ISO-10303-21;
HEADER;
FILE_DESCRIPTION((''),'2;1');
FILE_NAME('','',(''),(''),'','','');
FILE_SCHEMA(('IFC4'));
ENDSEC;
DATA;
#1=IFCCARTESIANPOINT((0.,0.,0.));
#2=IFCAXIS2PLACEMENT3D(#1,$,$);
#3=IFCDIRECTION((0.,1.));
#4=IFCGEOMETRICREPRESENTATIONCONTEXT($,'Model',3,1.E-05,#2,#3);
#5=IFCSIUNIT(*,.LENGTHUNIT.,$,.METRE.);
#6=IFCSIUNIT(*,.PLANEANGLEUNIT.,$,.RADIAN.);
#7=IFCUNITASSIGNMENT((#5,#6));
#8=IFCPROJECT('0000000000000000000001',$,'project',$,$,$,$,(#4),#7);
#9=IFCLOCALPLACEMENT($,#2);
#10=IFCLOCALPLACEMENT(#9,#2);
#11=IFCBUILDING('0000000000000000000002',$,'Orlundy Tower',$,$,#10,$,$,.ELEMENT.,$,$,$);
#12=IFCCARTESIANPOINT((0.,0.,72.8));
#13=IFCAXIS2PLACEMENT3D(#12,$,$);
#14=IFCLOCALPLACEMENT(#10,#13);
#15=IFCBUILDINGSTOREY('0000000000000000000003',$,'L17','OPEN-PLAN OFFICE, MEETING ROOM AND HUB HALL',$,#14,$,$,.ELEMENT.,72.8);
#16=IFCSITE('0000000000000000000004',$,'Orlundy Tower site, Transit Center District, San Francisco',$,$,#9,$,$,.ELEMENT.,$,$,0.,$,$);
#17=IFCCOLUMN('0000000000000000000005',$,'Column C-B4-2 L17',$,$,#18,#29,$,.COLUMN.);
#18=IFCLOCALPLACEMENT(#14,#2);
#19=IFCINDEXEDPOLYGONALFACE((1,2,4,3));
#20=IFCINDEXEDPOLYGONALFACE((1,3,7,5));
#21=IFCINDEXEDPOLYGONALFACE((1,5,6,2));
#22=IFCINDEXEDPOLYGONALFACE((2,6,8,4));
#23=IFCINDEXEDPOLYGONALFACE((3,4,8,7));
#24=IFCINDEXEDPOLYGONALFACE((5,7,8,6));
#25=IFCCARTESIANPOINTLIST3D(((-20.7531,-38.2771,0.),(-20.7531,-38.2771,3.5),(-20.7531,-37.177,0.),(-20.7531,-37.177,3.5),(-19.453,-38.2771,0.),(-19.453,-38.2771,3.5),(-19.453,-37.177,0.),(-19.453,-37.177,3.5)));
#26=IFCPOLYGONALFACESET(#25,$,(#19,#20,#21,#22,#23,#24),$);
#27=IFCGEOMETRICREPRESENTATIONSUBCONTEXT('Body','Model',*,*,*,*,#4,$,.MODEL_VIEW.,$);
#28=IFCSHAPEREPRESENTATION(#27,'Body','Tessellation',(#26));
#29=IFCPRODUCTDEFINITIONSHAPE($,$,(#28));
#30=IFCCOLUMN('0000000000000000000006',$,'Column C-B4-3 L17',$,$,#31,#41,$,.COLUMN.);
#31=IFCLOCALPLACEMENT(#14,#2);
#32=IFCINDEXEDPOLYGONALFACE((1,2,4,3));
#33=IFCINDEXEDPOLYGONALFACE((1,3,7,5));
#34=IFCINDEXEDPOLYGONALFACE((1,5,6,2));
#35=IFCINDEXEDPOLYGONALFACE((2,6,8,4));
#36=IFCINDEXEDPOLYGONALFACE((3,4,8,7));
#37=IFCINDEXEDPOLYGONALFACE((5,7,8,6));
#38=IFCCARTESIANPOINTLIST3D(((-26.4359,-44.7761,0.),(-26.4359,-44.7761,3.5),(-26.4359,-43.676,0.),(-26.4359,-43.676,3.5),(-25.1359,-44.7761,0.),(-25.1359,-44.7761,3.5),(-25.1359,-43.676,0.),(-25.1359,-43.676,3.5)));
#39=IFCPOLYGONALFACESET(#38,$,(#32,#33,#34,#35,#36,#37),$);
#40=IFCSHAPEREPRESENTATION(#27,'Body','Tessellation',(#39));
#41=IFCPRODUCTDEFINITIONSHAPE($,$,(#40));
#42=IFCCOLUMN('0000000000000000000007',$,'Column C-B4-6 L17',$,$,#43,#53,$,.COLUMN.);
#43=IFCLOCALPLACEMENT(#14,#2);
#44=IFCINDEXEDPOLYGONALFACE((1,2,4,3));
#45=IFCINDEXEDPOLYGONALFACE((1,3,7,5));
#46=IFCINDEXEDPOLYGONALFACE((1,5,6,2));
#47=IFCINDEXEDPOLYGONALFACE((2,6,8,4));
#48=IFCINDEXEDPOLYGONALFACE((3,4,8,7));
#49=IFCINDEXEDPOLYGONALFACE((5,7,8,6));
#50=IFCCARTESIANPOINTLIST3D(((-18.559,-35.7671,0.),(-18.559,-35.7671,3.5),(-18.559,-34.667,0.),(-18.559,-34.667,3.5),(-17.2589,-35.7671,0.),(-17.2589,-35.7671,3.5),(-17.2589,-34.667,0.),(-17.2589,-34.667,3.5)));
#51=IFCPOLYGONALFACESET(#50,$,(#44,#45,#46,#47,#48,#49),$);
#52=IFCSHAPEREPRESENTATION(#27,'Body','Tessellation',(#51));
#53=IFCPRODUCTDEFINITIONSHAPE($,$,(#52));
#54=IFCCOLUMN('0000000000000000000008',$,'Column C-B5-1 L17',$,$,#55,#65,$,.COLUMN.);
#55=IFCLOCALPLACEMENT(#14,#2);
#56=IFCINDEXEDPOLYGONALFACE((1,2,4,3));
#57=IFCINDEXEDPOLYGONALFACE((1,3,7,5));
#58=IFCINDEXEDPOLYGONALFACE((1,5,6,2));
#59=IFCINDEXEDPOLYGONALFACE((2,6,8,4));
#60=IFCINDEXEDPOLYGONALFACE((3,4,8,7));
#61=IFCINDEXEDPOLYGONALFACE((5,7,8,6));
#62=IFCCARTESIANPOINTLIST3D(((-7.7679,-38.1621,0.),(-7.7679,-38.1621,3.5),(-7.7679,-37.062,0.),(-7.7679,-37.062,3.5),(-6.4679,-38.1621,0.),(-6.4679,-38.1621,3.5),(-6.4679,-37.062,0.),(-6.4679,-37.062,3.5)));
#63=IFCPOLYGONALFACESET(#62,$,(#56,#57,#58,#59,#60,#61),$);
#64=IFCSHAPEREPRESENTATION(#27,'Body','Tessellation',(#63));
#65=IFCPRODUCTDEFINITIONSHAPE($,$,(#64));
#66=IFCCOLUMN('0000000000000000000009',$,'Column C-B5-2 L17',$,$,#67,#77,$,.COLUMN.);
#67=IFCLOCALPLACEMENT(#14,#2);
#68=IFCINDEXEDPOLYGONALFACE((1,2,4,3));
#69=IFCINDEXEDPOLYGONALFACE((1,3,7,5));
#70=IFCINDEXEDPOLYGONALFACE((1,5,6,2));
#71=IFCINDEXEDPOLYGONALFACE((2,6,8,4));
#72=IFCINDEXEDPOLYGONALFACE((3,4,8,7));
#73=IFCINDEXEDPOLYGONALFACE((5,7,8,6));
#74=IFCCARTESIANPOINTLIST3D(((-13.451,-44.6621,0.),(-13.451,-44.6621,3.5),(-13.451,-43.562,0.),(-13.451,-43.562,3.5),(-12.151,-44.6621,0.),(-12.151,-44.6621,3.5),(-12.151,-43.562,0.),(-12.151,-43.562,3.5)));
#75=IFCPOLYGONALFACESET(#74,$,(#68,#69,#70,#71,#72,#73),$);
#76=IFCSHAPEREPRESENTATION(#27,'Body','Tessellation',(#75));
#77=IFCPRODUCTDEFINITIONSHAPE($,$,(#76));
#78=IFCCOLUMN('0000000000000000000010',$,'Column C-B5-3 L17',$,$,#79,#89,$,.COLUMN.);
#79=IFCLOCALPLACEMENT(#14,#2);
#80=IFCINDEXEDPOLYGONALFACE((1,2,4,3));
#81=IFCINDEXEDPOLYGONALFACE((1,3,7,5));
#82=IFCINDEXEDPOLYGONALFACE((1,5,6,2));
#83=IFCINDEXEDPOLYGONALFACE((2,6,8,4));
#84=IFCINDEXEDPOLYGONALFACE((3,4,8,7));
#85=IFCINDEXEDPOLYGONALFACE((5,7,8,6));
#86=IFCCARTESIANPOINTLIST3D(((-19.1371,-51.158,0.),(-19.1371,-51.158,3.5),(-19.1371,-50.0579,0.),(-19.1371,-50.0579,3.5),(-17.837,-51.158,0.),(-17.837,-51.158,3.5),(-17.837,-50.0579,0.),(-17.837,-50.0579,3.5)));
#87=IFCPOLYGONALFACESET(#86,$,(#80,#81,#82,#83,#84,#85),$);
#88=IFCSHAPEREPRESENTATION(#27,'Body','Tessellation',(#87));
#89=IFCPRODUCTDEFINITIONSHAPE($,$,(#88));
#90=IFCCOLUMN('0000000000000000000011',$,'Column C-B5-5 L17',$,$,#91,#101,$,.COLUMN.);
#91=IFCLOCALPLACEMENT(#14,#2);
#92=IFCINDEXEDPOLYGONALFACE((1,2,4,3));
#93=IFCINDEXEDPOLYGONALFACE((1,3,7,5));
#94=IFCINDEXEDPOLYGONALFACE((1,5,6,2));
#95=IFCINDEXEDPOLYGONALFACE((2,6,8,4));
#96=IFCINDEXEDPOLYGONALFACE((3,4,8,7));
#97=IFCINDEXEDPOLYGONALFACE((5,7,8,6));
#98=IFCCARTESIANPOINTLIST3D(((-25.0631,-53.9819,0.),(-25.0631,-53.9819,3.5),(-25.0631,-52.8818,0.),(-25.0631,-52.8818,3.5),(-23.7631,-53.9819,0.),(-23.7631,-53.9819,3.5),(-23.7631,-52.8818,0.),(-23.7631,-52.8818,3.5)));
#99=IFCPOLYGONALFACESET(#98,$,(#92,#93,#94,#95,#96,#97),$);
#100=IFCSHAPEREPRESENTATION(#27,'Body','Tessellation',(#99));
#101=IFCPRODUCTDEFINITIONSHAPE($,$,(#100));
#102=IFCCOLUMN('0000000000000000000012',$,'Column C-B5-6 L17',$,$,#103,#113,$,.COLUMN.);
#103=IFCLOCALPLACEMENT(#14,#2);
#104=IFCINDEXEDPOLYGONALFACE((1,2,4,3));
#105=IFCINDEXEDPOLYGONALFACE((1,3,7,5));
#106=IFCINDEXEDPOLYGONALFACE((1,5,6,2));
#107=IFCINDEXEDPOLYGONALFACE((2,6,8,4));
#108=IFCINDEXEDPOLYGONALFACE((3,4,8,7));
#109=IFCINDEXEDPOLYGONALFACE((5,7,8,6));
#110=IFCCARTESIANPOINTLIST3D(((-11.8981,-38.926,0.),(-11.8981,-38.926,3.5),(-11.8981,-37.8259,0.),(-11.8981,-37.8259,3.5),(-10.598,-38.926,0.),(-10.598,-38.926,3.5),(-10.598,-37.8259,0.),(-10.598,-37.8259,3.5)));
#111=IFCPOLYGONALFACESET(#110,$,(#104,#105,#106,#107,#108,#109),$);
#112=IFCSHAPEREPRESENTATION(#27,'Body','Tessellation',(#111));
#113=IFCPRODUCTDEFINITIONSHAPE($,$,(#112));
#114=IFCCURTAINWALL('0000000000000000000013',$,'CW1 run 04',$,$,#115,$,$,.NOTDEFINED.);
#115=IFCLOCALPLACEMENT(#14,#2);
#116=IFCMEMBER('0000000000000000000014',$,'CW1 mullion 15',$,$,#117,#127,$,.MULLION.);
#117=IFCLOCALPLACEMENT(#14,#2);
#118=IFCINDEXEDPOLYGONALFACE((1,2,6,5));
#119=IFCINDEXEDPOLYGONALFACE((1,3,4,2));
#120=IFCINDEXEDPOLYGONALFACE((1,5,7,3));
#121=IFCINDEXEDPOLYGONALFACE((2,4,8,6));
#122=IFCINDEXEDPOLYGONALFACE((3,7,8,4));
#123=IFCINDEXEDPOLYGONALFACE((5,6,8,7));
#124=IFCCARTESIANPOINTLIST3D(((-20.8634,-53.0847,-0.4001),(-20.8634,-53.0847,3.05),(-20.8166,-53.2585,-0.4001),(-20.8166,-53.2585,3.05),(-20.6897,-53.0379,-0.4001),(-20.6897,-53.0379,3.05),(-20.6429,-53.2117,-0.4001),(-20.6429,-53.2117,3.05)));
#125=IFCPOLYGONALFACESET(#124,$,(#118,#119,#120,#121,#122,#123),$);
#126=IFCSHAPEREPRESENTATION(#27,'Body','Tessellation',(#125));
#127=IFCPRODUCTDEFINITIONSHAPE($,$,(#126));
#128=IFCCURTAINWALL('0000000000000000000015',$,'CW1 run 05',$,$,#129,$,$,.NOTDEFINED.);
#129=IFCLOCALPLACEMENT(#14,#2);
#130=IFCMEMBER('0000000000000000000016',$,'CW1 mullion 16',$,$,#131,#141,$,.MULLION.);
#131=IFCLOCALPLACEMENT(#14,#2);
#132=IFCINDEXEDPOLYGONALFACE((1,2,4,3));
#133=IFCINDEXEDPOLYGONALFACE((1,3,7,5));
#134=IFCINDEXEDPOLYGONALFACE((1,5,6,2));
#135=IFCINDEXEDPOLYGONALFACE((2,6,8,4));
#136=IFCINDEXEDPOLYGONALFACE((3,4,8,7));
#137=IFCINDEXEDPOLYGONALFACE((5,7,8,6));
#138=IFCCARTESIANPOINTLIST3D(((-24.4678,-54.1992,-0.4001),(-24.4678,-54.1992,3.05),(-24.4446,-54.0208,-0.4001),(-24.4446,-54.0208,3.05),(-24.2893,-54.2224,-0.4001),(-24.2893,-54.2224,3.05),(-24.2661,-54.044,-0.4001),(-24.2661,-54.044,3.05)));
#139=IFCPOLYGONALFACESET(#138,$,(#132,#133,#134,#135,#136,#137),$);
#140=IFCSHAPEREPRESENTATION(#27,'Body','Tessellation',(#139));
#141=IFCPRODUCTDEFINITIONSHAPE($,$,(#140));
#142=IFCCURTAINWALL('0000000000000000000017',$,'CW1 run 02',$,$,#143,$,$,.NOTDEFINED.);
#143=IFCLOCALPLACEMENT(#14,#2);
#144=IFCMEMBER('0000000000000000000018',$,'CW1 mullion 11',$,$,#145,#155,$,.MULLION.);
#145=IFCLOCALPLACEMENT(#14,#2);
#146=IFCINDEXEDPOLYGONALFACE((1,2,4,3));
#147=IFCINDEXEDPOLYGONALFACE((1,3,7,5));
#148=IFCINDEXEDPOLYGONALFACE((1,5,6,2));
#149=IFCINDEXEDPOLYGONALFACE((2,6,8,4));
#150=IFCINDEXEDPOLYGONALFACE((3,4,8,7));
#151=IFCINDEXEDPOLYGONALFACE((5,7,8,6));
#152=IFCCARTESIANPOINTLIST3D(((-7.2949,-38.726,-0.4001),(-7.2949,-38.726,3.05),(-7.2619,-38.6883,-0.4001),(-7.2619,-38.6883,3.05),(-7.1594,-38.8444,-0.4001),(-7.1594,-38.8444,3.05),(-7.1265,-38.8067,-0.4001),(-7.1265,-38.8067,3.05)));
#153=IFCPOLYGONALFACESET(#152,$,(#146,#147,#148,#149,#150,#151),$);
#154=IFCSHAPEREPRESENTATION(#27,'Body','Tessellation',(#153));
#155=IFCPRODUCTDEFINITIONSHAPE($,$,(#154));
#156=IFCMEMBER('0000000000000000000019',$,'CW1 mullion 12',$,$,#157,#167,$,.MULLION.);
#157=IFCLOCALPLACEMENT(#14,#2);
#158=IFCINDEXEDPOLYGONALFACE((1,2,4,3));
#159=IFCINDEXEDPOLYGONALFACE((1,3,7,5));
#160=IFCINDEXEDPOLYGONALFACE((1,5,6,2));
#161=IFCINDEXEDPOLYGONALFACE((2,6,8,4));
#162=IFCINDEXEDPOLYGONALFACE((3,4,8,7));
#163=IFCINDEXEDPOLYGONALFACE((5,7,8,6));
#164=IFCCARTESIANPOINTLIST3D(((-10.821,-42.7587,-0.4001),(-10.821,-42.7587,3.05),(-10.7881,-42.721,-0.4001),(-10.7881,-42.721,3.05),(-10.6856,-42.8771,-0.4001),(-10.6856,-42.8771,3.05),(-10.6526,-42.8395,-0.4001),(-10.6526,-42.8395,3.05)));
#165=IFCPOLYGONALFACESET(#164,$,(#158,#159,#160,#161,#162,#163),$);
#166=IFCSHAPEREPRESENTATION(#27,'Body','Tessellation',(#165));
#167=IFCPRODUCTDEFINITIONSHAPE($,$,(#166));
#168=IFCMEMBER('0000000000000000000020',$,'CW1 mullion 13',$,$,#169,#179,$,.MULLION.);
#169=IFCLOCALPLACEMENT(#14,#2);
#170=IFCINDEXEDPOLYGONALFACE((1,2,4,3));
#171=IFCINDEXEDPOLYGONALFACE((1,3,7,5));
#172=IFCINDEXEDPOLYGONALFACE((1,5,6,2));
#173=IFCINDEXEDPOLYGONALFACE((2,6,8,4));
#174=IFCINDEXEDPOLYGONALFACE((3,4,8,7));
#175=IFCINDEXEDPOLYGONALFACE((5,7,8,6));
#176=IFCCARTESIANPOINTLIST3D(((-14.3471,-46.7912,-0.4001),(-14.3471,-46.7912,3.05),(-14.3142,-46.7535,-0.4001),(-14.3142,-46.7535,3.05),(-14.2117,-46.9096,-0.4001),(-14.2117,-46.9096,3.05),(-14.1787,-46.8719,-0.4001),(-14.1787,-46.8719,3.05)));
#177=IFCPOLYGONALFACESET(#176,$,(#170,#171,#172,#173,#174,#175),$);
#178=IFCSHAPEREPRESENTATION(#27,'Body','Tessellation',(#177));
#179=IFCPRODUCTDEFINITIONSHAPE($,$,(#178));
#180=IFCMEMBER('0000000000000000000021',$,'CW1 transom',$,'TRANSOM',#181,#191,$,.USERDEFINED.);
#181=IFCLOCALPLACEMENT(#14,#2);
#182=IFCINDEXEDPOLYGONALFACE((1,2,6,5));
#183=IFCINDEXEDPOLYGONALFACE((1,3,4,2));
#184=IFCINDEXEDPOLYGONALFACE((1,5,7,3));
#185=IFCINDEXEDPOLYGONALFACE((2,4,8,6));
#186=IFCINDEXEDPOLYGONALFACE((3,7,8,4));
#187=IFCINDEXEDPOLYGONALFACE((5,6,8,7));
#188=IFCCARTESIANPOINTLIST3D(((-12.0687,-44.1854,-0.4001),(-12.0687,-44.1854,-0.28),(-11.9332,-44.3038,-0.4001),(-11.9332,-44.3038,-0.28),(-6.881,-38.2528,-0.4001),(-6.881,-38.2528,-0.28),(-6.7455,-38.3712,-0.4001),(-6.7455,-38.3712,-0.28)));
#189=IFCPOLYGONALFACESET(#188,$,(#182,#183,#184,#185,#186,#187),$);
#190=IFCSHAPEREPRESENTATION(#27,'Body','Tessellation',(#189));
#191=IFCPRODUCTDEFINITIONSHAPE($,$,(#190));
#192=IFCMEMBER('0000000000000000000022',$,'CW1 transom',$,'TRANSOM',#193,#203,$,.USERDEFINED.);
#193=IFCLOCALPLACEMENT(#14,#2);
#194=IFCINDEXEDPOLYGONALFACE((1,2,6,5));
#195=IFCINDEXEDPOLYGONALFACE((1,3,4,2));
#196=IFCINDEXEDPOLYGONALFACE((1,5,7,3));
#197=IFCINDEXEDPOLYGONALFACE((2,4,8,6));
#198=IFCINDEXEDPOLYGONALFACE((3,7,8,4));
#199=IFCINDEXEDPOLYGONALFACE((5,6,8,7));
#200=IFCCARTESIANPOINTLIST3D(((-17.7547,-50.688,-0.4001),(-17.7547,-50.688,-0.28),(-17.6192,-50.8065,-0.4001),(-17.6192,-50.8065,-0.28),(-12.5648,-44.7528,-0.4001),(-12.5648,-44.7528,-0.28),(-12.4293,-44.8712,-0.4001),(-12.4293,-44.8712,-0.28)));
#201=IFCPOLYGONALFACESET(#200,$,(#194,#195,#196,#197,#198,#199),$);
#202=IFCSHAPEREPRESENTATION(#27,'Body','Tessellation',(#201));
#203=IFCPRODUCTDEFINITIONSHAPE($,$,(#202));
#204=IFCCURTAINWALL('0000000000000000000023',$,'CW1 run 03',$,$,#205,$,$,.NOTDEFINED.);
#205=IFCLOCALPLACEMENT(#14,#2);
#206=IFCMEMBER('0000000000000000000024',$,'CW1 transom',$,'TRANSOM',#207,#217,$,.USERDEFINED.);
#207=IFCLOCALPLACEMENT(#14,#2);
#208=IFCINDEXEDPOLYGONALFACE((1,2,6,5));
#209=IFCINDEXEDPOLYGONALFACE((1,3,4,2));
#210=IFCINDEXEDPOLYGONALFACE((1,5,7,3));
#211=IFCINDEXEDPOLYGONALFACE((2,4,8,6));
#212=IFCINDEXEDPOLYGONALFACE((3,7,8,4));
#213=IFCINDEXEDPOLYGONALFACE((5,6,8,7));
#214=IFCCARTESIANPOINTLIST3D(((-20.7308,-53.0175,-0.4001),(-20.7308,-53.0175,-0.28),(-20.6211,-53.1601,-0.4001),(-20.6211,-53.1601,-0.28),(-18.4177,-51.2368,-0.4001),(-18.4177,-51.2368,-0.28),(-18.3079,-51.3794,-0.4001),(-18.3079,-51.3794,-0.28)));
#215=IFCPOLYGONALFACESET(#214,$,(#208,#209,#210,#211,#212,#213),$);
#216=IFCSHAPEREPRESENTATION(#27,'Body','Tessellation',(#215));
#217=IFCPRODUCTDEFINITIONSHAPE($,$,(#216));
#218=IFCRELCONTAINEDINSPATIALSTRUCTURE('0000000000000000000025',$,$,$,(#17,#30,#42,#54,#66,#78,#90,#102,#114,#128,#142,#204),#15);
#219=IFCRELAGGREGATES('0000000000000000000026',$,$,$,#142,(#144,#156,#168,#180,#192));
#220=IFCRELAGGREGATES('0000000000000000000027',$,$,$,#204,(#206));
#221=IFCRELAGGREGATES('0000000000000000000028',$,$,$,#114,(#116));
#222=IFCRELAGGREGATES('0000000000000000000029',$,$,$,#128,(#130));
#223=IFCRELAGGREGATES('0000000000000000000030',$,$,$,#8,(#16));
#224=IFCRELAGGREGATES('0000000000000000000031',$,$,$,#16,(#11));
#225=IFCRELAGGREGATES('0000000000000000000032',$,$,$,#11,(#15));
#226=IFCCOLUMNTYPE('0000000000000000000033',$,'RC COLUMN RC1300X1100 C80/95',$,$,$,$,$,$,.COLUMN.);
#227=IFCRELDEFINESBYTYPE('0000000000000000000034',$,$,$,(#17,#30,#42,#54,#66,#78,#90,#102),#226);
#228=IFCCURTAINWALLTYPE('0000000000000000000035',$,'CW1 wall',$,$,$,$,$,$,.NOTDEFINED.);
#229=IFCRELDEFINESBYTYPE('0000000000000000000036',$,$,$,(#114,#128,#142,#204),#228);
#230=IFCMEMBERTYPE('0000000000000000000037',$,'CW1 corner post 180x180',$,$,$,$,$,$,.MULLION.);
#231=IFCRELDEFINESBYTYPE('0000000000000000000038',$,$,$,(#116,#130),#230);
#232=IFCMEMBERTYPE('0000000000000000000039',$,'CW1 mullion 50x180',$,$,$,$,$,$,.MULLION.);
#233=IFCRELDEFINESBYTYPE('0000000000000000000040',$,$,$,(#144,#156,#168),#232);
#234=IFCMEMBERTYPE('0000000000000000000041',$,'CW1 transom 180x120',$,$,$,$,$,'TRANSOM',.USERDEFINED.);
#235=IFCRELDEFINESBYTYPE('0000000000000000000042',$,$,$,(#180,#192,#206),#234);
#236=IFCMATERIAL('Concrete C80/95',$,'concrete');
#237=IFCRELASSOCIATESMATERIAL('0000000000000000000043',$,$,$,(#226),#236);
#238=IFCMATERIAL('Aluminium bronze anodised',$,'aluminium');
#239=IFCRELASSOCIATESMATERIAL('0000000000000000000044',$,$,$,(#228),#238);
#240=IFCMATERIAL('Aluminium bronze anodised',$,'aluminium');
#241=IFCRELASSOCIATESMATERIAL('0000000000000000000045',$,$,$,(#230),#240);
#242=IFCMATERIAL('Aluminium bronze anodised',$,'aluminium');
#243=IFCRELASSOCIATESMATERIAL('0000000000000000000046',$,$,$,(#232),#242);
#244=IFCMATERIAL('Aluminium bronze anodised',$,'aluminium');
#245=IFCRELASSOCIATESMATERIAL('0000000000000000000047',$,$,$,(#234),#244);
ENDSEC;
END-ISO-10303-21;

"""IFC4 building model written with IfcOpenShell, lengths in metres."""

from ifc_helpers import new_model, si_unit, direction, frame, origin, origin_2d, place, context, subcontext, project, spatial, rectangle, extrude, material, material_profile, profile_set, type_object, element, aggregate, save


model = new_model("IFC4")

# Units and contexts
model_context = context("Model", 3, precision=1e-05, world=origin(), true_north=direction((0.0, 1.0)))
body_context = subcontext(model_context, "Body", "Model", "MODEL_VIEW")
ifc_project = project(units=[si_unit("LENGTHUNIT", "METRE"), si_unit("PLANEANGLEUNIT", "RADIAN")], contexts=[model_context])

# Site, building, storey
site_placement = place(None, origin())
site = spatial("IfcSite", under=ifc_project, at=site_placement, Name="Orlundy Tower site, Transit Center District, San Francisco", CompositionType="ELEMENT", RefElevation=0.0)
building_placement = place(site_placement, origin())
building = spatial("IfcBuilding", under=site, at=building_placement, Name="Orlundy Tower", CompositionType="ELEMENT")
storey_placement = place(building_placement, frame((0.0, 0.0, 72.8)))
storey = spatial("IfcBuildingStorey", under=building, at=storey_placement, Name="L17", Description="OPEN-PLAN OFFICE, MEETING ROOM AND HUB HALL", CompositionType="ELEMENT", Elevation=72.8)

# Columns
ifc_material_1 = material(Name="Concrete C80/95", Category="concrete")
ifc_material_profile_1 = material_profile(ifc_material_1, rectangle(XDim=1.3, YDim=1.1001, at=origin_2d()), Name="RC1300X1100")
ifc_profile_set_1 = profile_set([ifc_material_profile_1], Name="Concrete C80/95")
column_type = type_object("IfcColumnType", Name="RC COLUMN RC1300X1100 C80/95", PredefinedType="COLUMN", material=ifc_profile_set_1)
for number, where, z_axis, x_axis, name in (
    (1, (-20.103, -37.7271, 0.0), (0.0, 0.0, 1.0), (1.0, 0.0, 0.0), "Column C-B4-2 L17"),
    (2, (-25.7859, -44.2261, 0.0), (0.0, 0.0, 1.0), (1.0, 0.0, 0.0), "Column C-B4-3 L17"),
    (3, (-17.9089, -35.217, 0.0), (0.0, 0.0, 1.0), (1.0, 0.0, 0.0), "Column C-B4-6 L17"),
    (4, (-7.1179, -37.6121, 0.0), (0.0, 0.0, 1.0), (1.0, 0.0, 0.0), "Column C-B5-1 L17"),
    (5, (-12.801, -44.1121, 0.0), (0.0, 0.0, 1.0), (1.0, 0.0, 0.0), "Column C-B5-2 L17"),
    (6, (-18.4871, -50.6079, 0.0), (0.0, 0.0, 1.0), (1.0, 0.0, 0.0), "Column C-B5-3 L17"),
    (7, (-24.4131, -53.4319, 0.0), (0.0, 0.0, 1.0), (1.0, 0.0, 0.0), "Column C-B5-5 L17"),
    (8, (-11.248, -38.376, 0.0), (0.0, 0.0, 1.0), (1.0, 0.0, 0.0), "Column C-B5-6 L17"),
):
    element("IfcColumn", number, at=place(storey_placement, frame(where, z_axis=z_axis, x_axis=x_axis)), inside=storey, type_object=column_type, Name=name, PredefinedType="COLUMN", context=body_context, shape_type="SweptSolid", body=[
        extrude(rectangle(XDim=1.3, YDim=1.1001, at=origin_2d()), origin(), (0.0, 0.0, 1.0), 3.5),
    ])

# Curtain walls, members
ifc_material_2 = material(Name="Aluminium bronze anodised", Category="aluminium")
curtain_wall_type = type_object("IfcCurtainWallType", Name="CW1 wall", PredefinedType="NOTDEFINED", material=ifc_material_2)
curtain_wall_1_placement = place(storey_placement, origin())
curtain_wall_1 = element("IfcCurtainWall", 9, at=curtain_wall_1_placement, inside=storey, type_object=curtain_wall_type, Name="CW1 run 04", PredefinedType="NOTDEFINED")
ifc_material_3 = material(Name="Aluminium bronze anodised", Category="aluminium")
ifc_material_profile_2 = material_profile(ifc_material_3, rectangle(XDim=0.1799, YDim=0.1799, at=origin_2d()), Name="CW1 corner post 180x180")
ifc_profile_set_2 = profile_set([ifc_material_profile_2], Name="Aluminium bronze anodised")
member_type_1 = type_object("IfcMemberType", Name="CW1 corner post 180x180", PredefinedType="MULLION", material=ifc_profile_set_2)
member_1_placement = place(storey_placement, frame((-20.7532, -53.1482, -0.4001), z_axis=(0.0, 0.0, 1.0), x_axis=(0.26008, -0.965587, 0.0)))
member_1 = element("IfcMember", 10, at=member_1_placement, type_object=member_type_1, Name="CW1 mullion 15", PredefinedType="MULLION", context=body_context, shape_type="SweptSolid", body=[
    extrude(rectangle(XDim=0.1799, YDim=0.1799, at=origin_2d()), origin(), (0.0, 0.0, 1.0), 3.4502),
])
curtain_wall_2_placement = place(storey_placement, origin())
curtain_wall_2 = element("IfcCurtainWall", 11, at=curtain_wall_2_placement, inside=storey, type_object=curtain_wall_type, Name="CW1 run 05", PredefinedType="NOTDEFINED")
member_2_placement = place(storey_placement, frame((-24.3669, -54.1216, -0.4001), z_axis=(0.0, 0.0, 1.0), x_axis=(-0.128947, -0.991651, 0.0)))
member_2 = element("IfcMember", 12, at=member_2_placement, type_object=member_type_1, Name="CW1 mullion 16", PredefinedType="MULLION", context=body_context, shape_type="SweptSolid", body=[
    extrude(rectangle(XDim=0.1799, YDim=0.1799, at=origin_2d()), origin(), (0.0, 0.0, 1.0), 3.4502),
])

# Curtain wall, members
curtain_wall_3_placement = place(storey_placement, origin())
curtain_wall_3 = element("IfcCurtainWall", 13, at=curtain_wall_3_placement, inside=storey, type_object=curtain_wall_type, Name="CW1 run 02", PredefinedType="NOTDEFINED")
ifc_material_4 = material(Name="Aluminium bronze anodised", Category="aluminium")
ifc_material_profile_3 = material_profile(ifc_material_4, rectangle(XDim=0.1799, YDim=0.05, at=origin_2d()), Name="CW1 mullion 50x180")
ifc_profile_set_3 = profile_set([ifc_material_profile_3], Name="Aluminium bronze anodised")
member_type_2 = type_object("IfcMemberType", Name="CW1 mullion 50x180", PredefinedType="MULLION", material=ifc_profile_set_3)
member_3_placement = place(storey_placement, frame((-7.2107, -38.7664, -0.4001), z_axis=(0.0, 0.0, 1.0), x_axis=(0.752792, -0.658259, 0.0)))
member_3 = element("IfcMember", 14, at=member_3_placement, type_object=member_type_2, Name="CW1 mullion 11", PredefinedType="MULLION", context=body_context, shape_type="SweptSolid", body=[
    extrude(rectangle(XDim=0.1799, YDim=0.05, at=origin_2d()), origin(), (0.0, 0.0, 1.0), 3.4502),
])
member_4_placement = place(storey_placement, frame((-10.7368, -42.7991, -0.4001), z_axis=(0.0, 0.0, 1.0), x_axis=(0.752792, -0.658259, 0.0)))
member_4 = element("IfcMember", 15, at=member_4_placement, type_object=member_type_2, Name="CW1 mullion 12", PredefinedType="MULLION", context=body_context, shape_type="SweptSolid", body=[
    extrude(rectangle(XDim=0.1799, YDim=0.05, at=origin_2d()), origin(), (0.0, 0.0, 1.0), 3.4502),
])
member_5_placement = place(storey_placement, frame((-14.2629, -46.8315, -0.4001), z_axis=(0.0, 0.0, 1.0), x_axis=(0.752792, -0.658259, 0.0)))
member_5 = element("IfcMember", 16, at=member_5_placement, type_object=member_type_2, Name="CW1 mullion 13", PredefinedType="MULLION", context=body_context, shape_type="SweptSolid", body=[
    extrude(rectangle(XDim=0.1799, YDim=0.05, at=origin_2d()), origin(), (0.0, 0.0, 1.0), 3.4502),
])
ifc_material_5 = material(Name="Aluminium bronze anodised", Category="aluminium")
ifc_material_profile_4 = material_profile(ifc_material_5, rectangle(XDim=0.1799, YDim=0.1201, at=origin_2d()), Name="CW1 transom 180x120")
ifc_profile_set_4 = profile_set([ifc_material_profile_4], Name="Aluminium bronze anodised")
member_type_3 = type_object("IfcMemberType", Name="CW1 transom 180x120", ElementType="TRANSOM", PredefinedType="USERDEFINED", material=ifc_profile_set_4)
member_6_placement = place(storey_placement, frame((-6.8132, -38.312, -0.3401), z_axis=(-0.658268, -0.752784, 0.0), x_axis=(0.752784, -0.658268, 0.0)))
member_6 = element("IfcMember", 17, at=member_6_placement, type_object=member_type_3, Name="CW1 transom", ObjectType="TRANSOM", PredefinedType="USERDEFINED", context=body_context, shape_type="SweptSolid", body=[
    extrude(rectangle(XDim=0.1799, YDim=0.1201, at=origin_2d()), origin(), (0.0, 0.0, 1.0), 7.8809),
])
member_7_placement = place(storey_placement, frame((-12.4971, -44.812, -0.3401), z_axis=(-0.658257, -0.752793, 0.0), x_axis=(0.752793, -0.658257, 0.0)))
member_7 = element("IfcMember", 18, at=member_7_placement, type_object=member_type_3, Name="CW1 transom", ObjectType="TRANSOM", PredefinedType="USERDEFINED", context=body_context, shape_type="SweptSolid", body=[
    extrude(rectangle(XDim=0.1799, YDim=0.1201, at=origin_2d()), origin(), (0.0, 0.0, 1.0), 7.8843),
])

# Curtain wall, member
curtain_wall_4_placement = place(storey_placement, origin())
curtain_wall_4 = element("IfcCurtainWall", 19, at=curtain_wall_4_placement, inside=storey, type_object=curtain_wall_type, Name="CW1 run 03", PredefinedType="NOTDEFINED")
member_8_placement = place(storey_placement, frame((-18.3628, -51.3081, -0.3401), z_axis=(-0.7924, -0.610002, 0.0), x_axis=(0.610002, -0.7924, 0.0)))
member_8 = element("IfcMember", 20, at=member_8_placement, type_object=member_type_3, Name="CW1 transom", ObjectType="TRANSOM", PredefinedType="USERDEFINED", context=body_context, shape_type="SweptSolid", body=[
    extrude(rectangle(XDim=0.1799, YDim=0.1201, at=origin_2d()), origin(), (0.0, 0.0, 1.0), 2.9192),
])

aggregate(curtain_wall_3, [member_3, member_4, member_5, member_6, member_7])
aggregate(curtain_wall_4, [member_8])
aggregate(curtain_wall_1, [member_1])
aggregate(curtain_wall_2, [member_2])

save(model, "model.ifc")
